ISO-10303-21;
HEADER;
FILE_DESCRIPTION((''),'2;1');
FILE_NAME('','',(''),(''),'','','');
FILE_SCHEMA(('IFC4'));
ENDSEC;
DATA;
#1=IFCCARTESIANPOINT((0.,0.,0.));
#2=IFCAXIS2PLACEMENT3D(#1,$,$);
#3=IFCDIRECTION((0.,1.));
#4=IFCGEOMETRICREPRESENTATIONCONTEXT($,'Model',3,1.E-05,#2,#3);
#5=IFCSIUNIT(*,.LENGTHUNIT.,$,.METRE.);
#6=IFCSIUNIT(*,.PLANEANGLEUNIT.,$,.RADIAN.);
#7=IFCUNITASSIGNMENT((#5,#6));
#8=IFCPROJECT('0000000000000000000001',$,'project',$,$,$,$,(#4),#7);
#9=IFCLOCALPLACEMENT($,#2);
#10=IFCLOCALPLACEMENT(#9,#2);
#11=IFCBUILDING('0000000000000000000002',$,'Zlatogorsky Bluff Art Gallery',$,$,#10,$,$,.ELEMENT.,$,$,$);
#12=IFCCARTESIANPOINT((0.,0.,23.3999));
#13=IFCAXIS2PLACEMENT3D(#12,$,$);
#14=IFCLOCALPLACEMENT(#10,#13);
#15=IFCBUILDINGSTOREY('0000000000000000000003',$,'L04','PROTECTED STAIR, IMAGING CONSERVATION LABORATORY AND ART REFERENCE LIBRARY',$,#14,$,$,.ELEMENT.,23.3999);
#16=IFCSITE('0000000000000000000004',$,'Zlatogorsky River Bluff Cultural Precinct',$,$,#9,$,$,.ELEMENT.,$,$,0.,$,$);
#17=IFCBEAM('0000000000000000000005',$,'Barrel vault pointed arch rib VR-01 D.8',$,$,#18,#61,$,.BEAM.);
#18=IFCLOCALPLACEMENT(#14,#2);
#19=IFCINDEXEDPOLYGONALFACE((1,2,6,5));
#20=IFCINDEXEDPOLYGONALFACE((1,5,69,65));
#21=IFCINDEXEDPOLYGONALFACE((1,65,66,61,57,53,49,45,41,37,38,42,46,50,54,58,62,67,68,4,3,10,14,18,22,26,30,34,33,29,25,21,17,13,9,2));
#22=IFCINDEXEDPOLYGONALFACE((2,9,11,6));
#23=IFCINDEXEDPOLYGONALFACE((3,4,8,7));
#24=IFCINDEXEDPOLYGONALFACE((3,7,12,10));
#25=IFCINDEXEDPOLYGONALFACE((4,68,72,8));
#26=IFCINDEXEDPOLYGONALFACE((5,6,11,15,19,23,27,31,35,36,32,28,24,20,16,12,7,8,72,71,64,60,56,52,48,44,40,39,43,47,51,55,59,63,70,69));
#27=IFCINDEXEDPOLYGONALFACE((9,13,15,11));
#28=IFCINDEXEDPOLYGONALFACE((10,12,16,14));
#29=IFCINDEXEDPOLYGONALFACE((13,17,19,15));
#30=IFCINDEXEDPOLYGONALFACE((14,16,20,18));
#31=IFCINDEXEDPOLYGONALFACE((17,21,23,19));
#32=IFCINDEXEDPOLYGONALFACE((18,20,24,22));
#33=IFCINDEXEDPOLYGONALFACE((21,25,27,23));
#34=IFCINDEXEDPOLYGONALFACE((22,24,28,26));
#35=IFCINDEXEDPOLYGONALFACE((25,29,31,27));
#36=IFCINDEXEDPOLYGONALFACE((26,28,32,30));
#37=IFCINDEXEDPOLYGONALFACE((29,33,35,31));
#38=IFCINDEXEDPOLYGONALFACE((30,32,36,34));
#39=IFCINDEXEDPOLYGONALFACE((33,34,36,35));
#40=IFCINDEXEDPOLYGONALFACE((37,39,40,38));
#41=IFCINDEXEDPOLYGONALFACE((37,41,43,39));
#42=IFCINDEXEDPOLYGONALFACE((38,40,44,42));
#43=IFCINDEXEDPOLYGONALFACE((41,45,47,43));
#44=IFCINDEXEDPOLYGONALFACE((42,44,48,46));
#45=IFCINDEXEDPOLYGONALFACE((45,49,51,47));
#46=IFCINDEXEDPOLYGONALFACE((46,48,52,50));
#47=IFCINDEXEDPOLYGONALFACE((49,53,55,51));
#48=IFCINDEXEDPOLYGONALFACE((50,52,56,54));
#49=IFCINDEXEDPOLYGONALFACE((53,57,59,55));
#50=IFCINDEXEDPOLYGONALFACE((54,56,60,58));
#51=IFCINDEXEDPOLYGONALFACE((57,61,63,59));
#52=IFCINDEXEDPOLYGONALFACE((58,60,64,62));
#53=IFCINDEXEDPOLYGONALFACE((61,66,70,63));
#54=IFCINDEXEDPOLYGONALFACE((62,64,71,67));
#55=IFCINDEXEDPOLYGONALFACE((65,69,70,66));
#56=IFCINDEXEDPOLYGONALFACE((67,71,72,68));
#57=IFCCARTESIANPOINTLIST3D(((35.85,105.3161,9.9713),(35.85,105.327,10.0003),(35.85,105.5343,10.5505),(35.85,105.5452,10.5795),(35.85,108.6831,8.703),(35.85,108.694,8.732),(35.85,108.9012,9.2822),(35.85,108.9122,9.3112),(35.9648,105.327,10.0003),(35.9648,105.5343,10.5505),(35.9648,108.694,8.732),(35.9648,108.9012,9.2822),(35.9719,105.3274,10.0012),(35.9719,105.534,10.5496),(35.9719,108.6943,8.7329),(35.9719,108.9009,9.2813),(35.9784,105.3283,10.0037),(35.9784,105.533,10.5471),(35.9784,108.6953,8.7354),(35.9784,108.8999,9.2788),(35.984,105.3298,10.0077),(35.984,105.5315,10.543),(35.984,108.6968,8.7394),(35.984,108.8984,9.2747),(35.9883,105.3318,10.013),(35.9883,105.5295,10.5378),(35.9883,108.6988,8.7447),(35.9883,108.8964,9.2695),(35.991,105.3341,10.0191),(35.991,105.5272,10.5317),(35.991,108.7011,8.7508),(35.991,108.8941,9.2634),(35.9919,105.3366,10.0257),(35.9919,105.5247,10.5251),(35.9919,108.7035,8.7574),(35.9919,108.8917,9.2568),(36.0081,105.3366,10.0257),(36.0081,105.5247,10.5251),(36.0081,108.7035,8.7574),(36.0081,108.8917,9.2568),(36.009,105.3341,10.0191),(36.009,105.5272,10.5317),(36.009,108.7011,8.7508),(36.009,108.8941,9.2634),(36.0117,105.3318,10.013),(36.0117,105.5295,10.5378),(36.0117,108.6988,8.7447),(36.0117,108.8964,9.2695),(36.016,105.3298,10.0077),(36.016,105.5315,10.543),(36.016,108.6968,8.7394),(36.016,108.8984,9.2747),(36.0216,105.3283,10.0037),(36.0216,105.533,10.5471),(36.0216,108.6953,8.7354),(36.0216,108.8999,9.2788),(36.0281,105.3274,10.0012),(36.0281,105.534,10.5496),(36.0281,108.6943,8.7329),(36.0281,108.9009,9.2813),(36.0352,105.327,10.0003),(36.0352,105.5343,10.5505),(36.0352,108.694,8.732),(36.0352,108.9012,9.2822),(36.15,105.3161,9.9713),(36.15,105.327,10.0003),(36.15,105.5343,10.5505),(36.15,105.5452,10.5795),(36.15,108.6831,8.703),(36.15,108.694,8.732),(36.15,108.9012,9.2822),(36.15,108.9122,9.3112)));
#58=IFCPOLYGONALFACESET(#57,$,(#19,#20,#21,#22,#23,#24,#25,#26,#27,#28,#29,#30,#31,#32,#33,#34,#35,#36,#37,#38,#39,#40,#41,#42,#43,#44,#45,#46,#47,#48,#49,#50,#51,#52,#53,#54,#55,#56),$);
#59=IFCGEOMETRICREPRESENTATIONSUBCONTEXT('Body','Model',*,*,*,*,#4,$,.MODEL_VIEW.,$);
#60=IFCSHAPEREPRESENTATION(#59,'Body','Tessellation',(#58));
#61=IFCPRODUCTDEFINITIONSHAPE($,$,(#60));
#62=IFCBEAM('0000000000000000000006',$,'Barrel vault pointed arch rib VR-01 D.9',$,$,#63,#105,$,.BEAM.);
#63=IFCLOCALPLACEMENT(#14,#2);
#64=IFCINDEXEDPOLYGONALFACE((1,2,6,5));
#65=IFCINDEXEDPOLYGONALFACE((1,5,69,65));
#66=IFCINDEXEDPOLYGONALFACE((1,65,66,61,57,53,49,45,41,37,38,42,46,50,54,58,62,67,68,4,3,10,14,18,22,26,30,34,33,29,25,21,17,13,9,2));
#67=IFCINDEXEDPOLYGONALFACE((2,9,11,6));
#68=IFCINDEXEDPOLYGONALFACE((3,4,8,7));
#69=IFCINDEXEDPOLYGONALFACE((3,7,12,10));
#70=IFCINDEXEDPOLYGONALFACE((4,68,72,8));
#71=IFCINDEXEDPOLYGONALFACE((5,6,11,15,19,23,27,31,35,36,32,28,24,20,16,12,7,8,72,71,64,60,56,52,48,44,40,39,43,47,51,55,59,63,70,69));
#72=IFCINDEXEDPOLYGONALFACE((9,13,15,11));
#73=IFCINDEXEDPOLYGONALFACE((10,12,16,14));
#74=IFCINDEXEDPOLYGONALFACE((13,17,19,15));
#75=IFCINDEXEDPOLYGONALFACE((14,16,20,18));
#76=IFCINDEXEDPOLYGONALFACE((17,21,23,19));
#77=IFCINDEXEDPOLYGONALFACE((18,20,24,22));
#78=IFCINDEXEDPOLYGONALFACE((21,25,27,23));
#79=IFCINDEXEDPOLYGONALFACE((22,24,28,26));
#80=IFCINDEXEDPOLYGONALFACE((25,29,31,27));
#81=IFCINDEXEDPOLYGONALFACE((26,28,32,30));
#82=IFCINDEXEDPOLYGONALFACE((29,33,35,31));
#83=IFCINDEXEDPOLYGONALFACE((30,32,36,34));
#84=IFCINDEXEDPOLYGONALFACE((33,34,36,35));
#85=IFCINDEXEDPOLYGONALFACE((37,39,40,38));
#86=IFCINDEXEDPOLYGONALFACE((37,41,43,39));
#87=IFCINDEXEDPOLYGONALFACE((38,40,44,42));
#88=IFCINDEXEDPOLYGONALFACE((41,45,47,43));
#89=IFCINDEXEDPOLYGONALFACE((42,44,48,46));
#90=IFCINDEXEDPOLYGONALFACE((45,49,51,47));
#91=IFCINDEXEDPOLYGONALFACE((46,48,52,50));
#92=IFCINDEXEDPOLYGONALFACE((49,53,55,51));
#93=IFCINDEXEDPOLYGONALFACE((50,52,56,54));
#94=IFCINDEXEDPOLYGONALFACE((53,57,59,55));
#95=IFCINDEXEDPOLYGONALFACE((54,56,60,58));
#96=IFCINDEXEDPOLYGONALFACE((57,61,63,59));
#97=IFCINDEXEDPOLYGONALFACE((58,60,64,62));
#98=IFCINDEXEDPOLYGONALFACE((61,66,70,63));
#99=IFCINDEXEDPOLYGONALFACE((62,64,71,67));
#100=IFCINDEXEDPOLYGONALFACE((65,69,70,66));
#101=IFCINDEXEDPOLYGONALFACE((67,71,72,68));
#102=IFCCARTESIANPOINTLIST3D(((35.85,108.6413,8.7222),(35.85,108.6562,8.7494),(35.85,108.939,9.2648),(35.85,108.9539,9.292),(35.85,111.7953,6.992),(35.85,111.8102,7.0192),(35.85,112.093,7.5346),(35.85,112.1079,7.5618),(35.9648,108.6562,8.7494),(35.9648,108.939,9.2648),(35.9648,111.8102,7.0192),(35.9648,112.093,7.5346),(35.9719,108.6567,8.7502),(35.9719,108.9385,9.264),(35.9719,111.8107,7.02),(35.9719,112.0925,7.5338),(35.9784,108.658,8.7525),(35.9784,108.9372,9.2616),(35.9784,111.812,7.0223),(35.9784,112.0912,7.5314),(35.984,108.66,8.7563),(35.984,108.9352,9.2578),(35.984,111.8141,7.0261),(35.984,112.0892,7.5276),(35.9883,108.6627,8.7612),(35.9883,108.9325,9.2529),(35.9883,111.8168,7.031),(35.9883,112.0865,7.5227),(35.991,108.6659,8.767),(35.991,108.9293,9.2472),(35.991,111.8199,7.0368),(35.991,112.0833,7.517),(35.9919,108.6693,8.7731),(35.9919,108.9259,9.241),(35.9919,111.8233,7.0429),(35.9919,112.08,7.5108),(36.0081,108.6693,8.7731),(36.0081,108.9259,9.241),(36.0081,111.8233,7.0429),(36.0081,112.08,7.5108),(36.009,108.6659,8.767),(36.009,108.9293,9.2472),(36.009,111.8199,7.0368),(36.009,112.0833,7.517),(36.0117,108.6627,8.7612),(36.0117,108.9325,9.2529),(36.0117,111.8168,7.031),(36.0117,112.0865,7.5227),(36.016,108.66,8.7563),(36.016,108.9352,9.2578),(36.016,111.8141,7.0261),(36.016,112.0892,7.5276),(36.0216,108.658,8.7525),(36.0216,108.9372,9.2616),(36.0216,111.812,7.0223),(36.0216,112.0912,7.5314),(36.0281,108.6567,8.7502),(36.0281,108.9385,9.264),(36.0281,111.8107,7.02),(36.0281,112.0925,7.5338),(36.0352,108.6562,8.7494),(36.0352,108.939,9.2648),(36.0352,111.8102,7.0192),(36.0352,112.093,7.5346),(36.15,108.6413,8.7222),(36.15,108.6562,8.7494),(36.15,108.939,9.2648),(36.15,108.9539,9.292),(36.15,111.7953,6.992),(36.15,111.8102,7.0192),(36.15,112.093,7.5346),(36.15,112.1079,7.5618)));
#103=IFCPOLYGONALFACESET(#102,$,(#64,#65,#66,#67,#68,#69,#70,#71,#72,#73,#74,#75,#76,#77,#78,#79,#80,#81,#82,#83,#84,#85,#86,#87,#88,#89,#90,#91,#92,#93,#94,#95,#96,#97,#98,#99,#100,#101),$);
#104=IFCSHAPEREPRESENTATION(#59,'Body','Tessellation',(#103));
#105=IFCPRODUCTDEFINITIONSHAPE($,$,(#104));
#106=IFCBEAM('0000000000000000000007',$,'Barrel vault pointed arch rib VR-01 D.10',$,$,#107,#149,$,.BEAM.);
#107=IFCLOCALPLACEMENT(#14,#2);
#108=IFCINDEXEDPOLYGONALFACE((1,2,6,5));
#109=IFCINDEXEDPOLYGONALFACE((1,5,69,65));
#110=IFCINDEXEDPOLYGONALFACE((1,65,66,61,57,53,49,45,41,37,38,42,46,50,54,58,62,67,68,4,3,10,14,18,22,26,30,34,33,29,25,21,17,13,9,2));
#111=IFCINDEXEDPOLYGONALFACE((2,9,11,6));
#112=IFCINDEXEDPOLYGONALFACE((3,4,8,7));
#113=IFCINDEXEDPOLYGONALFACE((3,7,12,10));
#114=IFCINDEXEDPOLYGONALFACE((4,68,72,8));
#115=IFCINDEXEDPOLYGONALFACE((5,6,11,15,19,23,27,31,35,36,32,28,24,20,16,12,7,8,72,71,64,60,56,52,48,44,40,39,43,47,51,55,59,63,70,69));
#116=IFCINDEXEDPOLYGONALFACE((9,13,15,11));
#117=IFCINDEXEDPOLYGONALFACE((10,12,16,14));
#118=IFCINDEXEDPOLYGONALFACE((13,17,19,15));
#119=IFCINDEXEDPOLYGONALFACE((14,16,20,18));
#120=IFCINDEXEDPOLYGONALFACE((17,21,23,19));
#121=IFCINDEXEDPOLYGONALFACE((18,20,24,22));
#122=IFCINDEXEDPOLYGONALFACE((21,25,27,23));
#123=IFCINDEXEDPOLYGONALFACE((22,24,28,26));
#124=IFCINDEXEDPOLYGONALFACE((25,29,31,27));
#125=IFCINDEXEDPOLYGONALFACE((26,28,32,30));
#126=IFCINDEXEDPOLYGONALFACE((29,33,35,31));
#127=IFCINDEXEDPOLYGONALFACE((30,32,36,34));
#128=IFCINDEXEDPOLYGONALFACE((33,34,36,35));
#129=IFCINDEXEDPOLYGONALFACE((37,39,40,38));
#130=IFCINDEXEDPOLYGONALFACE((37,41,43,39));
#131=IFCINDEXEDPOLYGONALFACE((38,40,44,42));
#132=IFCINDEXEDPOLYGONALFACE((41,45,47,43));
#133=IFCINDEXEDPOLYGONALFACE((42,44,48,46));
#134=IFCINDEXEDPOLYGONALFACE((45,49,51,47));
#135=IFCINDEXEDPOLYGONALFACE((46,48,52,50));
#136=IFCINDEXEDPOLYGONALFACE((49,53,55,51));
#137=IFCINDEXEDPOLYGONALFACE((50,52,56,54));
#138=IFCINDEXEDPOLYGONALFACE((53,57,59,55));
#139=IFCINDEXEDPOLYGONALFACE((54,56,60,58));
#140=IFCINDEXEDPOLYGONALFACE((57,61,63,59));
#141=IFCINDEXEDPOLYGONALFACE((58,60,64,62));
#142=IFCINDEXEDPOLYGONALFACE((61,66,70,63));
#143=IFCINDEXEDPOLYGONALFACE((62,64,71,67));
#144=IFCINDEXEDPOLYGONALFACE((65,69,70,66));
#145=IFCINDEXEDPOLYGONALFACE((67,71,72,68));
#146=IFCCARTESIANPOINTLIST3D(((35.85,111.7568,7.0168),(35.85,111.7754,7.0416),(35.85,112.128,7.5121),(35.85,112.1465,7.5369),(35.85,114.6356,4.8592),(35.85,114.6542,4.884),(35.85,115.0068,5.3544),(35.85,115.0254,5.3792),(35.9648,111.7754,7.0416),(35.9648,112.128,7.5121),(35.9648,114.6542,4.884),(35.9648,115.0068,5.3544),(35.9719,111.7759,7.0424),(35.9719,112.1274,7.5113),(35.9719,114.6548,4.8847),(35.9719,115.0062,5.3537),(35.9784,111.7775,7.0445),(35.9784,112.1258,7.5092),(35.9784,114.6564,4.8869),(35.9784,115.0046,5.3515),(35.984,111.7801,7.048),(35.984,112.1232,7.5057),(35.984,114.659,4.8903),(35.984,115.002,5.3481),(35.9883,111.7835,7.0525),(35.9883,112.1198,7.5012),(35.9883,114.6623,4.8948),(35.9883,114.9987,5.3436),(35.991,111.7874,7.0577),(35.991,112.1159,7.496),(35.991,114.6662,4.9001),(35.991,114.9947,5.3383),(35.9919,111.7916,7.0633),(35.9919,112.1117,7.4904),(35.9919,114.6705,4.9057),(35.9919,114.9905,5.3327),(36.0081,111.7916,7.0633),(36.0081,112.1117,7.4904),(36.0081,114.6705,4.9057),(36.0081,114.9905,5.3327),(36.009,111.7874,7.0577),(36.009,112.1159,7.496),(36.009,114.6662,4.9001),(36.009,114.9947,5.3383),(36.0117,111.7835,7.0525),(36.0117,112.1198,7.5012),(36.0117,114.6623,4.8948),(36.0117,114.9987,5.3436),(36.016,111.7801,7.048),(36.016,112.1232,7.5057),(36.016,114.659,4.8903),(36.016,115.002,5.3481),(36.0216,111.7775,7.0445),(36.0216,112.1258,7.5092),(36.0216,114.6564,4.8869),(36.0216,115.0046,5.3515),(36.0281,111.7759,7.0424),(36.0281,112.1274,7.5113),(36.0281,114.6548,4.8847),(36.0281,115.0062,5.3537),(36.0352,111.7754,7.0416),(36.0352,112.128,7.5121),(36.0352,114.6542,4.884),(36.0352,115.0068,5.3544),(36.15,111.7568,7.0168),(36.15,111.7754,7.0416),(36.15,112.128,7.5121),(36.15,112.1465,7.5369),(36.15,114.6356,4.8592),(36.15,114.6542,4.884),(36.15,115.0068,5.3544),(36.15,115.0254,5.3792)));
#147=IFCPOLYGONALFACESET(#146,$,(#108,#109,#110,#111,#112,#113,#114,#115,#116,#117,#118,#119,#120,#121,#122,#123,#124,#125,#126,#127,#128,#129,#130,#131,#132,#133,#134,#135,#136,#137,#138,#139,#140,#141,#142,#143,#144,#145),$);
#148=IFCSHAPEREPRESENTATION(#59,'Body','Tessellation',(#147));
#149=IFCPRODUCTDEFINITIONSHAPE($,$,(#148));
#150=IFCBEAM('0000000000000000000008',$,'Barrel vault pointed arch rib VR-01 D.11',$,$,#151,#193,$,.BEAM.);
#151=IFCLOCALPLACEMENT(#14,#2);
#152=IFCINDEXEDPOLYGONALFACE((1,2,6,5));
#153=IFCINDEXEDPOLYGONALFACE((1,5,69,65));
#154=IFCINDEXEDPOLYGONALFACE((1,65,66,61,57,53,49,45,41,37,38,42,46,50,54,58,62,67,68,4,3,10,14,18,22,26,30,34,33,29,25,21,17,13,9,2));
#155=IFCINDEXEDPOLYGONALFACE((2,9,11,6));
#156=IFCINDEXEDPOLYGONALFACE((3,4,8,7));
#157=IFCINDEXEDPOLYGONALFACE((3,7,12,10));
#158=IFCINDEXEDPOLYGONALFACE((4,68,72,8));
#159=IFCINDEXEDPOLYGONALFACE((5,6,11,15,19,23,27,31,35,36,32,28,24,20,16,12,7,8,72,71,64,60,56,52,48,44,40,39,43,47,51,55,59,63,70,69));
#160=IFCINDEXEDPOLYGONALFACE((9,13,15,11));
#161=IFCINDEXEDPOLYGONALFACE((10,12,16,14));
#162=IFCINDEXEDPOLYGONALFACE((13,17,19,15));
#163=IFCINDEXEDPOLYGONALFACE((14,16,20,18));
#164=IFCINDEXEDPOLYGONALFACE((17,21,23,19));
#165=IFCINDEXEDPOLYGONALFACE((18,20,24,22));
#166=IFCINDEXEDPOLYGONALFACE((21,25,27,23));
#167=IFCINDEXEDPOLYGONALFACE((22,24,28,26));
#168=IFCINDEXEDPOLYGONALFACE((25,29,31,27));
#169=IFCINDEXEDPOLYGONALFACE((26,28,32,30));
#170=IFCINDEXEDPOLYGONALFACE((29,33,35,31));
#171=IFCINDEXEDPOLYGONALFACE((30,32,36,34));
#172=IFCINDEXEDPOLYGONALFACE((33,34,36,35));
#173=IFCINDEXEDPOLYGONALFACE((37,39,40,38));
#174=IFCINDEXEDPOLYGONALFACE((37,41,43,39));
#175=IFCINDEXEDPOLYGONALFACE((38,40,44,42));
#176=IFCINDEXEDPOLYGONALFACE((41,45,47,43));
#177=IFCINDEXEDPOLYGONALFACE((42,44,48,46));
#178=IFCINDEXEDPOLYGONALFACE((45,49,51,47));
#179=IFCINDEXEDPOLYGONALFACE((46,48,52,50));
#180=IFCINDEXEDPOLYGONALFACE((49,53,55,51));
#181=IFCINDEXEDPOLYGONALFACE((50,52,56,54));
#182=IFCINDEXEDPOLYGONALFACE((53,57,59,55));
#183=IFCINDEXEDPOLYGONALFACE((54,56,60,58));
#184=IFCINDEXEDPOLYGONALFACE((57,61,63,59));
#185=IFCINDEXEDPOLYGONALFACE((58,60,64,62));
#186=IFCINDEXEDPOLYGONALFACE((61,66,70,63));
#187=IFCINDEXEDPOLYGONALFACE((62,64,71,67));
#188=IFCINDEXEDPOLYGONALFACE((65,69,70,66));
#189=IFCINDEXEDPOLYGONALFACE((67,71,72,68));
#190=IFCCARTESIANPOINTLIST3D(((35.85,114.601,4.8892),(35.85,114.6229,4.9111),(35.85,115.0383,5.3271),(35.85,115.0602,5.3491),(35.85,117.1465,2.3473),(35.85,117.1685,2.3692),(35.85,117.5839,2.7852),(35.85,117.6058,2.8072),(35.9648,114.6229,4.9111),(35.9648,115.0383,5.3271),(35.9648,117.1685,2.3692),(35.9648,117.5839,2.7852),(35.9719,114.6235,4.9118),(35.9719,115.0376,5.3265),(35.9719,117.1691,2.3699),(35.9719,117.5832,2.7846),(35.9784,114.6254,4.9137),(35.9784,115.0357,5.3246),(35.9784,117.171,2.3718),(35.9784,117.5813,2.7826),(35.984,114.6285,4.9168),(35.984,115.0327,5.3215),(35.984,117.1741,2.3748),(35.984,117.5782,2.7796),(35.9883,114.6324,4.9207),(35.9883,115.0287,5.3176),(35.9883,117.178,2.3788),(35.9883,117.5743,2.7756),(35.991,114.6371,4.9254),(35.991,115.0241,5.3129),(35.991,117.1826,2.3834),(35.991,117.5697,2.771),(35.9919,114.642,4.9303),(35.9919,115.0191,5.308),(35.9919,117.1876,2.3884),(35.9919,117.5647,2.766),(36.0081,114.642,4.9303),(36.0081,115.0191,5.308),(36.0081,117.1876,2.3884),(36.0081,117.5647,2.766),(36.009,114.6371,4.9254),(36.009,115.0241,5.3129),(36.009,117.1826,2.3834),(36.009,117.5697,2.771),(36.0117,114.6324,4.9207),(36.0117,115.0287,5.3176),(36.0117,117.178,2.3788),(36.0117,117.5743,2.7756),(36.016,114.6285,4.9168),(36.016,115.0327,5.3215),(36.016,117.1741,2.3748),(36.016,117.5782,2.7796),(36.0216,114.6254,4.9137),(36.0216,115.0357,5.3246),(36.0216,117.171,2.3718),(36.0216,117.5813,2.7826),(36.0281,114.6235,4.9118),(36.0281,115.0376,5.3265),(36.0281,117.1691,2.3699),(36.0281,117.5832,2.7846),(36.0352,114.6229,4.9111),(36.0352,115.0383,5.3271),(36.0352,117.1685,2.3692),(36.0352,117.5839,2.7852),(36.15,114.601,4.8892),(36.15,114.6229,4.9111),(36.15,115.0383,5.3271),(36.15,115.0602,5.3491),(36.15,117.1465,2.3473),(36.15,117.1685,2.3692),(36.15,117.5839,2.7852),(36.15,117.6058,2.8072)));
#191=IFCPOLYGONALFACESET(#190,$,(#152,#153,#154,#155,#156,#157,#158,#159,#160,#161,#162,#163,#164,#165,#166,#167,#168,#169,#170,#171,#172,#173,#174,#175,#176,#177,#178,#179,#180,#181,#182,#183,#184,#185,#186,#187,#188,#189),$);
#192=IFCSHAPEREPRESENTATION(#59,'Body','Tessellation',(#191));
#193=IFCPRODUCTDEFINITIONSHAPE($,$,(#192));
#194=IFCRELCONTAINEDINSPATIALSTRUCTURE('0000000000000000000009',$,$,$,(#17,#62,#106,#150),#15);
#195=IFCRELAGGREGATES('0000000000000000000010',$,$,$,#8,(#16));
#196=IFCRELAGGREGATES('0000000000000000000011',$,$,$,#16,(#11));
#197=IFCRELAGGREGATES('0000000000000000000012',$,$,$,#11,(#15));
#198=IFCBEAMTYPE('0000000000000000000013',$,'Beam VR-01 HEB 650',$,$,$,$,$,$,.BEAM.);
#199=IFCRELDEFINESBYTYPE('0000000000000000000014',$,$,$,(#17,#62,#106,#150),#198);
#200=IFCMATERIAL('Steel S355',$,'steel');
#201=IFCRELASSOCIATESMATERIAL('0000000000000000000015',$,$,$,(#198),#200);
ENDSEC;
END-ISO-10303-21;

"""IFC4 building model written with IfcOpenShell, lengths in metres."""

from ifc_helpers import new_model, si_unit, direction, frame, origin, origin_2d, place, context, subcontext, project, spatial, i_section, extrude, material, material_profile, profile_set, type_object, element, save


model = new_model("IFC4")

# Units and contexts
model_context = context("Model", 3, precision=1e-05, world=origin(), true_north=direction((0.0, 1.0)))
body_context = subcontext(model_context, "Body", "Model", "MODEL_VIEW")
ifc_project = project(units=[si_unit("LENGTHUNIT", "METRE"), si_unit("PLANEANGLEUNIT", "RADIAN")], contexts=[model_context])

# Site, building, storey
site_placement = place(None, origin())
site = spatial("IfcSite", under=ifc_project, at=site_placement, Name="Zlatogorsky River Bluff Cultural Precinct", CompositionType="ELEMENT", RefElevation=0.0)
building_placement = place(site_placement, origin())
building = spatial("IfcBuilding", under=site, at=building_placement, Name="Zlatogorsky Bluff Art Gallery", CompositionType="ELEMENT")
storey_placement = place(building_placement, frame((0.0, 0.0, 23.3999)))
storey = spatial("IfcBuildingStorey", under=building, at=storey_placement, Name="L04", Description="PROTECTED STAIR, IMAGING CONSERVATION LABORATORY AND ART REFERENCE LIBRARY", CompositionType="ELEMENT", Elevation=23.3999)

# Beams
ifc_material_1 = material(Name="Steel S355", Category="steel")
ifc_material_profile_1 = material_profile(ifc_material_1, i_section(OverallWidth=0.3, OverallDepth=0.6499, WebThickness=0.0161, FlangeThickness=0.031, FilletRadius=0.0271, at=origin_2d()), Name="HEB 650")
ifc_profile_set_1 = profile_set([ifc_material_profile_1], Name="Steel S355")
beam_type_1 = type_object("IfcBeamType", Name="Beam VR-01 HEB 650", PredefinedType="BEAM", material=ifc_profile_set_1)
beam_1_placement = place(storey_placement, frame((36.0, 105.4307, 10.2754), z_axis=(0.0, 0.935807, -0.352514), x_axis=(-1.0, 0.0, 0.0)))
element("IfcBeam", 1, at=beam_1_placement, inside=storey, type_object=beam_type_1, Name="Barrel vault pointed arch rib VR-01 D.8", PredefinedType="BEAM", context=body_context, shape_type="SweptSolid", body=[
    extrude(i_section(OverallWidth=0.3, OverallDepth=0.6499, WebThickness=0.0161, FlangeThickness=0.031, FilletRadius=0.0271, at=origin_2d()), origin(), (0.0, 0.0, 1.0), 3.5979),
])
beam_2_placement = place(storey_placement, frame((36.0, 108.7976, 9.0071), z_axis=(0.0, 0.876744, -0.480957), x_axis=(-1.0, 0.0, 0.0)))
element("IfcBeam", 2, at=beam_2_placement, inside=storey, type_object=beam_type_1, Name="Barrel vault pointed arch rib VR-01 D.9", PredefinedType="BEAM", context=body_context, shape_type="SweptSolid", body=[
    extrude(i_section(OverallWidth=0.3, OverallDepth=0.6499, WebThickness=0.0161, FlangeThickness=0.031, FilletRadius=0.0271, at=origin_2d()), origin(), (0.0, 0.0, 1.0), 3.5974),
])
beam_3_placement = place(storey_placement, frame((36.0, 111.9517, 7.2769), z_axis=(0.0, 0.800195, -0.599739), x_axis=(-1.0, 0.0, 0.0)))
element("IfcBeam", 3, at=beam_3_placement, inside=storey, type_object=beam_type_1, Name="Barrel vault pointed arch rib VR-01 D.10", PredefinedType="BEAM", context=body_context, shape_type="SweptSolid", body=[
    extrude(i_section(OverallWidth=0.3, OverallDepth=0.6499, WebThickness=0.0161, FlangeThickness=0.031, FilletRadius=0.0271, at=origin_2d()), origin(), (0.0, 0.0, 1.0), 3.5977),
])
beam_4_placement = place(storey_placement, frame((36.0, 114.8306, 5.1191), z_axis=(0.0, 0.707616, -0.706598), x_axis=(-1.0, 0.0, 0.0)))
element("IfcBeam", 4, at=beam_4_placement, inside=storey, type_object=beam_type_1, Name="Barrel vault pointed arch rib VR-01 D.11", PredefinedType="BEAM", context=body_context, shape_type="SweptSolid", body=[
    extrude(i_section(OverallWidth=0.3, OverallDepth=0.6499, WebThickness=0.0161, FlangeThickness=0.031, FilletRadius=0.0271, at=origin_2d()), origin(), (0.0, 0.0, 1.0), 3.5974),
])

save(model, "model.ifc")
